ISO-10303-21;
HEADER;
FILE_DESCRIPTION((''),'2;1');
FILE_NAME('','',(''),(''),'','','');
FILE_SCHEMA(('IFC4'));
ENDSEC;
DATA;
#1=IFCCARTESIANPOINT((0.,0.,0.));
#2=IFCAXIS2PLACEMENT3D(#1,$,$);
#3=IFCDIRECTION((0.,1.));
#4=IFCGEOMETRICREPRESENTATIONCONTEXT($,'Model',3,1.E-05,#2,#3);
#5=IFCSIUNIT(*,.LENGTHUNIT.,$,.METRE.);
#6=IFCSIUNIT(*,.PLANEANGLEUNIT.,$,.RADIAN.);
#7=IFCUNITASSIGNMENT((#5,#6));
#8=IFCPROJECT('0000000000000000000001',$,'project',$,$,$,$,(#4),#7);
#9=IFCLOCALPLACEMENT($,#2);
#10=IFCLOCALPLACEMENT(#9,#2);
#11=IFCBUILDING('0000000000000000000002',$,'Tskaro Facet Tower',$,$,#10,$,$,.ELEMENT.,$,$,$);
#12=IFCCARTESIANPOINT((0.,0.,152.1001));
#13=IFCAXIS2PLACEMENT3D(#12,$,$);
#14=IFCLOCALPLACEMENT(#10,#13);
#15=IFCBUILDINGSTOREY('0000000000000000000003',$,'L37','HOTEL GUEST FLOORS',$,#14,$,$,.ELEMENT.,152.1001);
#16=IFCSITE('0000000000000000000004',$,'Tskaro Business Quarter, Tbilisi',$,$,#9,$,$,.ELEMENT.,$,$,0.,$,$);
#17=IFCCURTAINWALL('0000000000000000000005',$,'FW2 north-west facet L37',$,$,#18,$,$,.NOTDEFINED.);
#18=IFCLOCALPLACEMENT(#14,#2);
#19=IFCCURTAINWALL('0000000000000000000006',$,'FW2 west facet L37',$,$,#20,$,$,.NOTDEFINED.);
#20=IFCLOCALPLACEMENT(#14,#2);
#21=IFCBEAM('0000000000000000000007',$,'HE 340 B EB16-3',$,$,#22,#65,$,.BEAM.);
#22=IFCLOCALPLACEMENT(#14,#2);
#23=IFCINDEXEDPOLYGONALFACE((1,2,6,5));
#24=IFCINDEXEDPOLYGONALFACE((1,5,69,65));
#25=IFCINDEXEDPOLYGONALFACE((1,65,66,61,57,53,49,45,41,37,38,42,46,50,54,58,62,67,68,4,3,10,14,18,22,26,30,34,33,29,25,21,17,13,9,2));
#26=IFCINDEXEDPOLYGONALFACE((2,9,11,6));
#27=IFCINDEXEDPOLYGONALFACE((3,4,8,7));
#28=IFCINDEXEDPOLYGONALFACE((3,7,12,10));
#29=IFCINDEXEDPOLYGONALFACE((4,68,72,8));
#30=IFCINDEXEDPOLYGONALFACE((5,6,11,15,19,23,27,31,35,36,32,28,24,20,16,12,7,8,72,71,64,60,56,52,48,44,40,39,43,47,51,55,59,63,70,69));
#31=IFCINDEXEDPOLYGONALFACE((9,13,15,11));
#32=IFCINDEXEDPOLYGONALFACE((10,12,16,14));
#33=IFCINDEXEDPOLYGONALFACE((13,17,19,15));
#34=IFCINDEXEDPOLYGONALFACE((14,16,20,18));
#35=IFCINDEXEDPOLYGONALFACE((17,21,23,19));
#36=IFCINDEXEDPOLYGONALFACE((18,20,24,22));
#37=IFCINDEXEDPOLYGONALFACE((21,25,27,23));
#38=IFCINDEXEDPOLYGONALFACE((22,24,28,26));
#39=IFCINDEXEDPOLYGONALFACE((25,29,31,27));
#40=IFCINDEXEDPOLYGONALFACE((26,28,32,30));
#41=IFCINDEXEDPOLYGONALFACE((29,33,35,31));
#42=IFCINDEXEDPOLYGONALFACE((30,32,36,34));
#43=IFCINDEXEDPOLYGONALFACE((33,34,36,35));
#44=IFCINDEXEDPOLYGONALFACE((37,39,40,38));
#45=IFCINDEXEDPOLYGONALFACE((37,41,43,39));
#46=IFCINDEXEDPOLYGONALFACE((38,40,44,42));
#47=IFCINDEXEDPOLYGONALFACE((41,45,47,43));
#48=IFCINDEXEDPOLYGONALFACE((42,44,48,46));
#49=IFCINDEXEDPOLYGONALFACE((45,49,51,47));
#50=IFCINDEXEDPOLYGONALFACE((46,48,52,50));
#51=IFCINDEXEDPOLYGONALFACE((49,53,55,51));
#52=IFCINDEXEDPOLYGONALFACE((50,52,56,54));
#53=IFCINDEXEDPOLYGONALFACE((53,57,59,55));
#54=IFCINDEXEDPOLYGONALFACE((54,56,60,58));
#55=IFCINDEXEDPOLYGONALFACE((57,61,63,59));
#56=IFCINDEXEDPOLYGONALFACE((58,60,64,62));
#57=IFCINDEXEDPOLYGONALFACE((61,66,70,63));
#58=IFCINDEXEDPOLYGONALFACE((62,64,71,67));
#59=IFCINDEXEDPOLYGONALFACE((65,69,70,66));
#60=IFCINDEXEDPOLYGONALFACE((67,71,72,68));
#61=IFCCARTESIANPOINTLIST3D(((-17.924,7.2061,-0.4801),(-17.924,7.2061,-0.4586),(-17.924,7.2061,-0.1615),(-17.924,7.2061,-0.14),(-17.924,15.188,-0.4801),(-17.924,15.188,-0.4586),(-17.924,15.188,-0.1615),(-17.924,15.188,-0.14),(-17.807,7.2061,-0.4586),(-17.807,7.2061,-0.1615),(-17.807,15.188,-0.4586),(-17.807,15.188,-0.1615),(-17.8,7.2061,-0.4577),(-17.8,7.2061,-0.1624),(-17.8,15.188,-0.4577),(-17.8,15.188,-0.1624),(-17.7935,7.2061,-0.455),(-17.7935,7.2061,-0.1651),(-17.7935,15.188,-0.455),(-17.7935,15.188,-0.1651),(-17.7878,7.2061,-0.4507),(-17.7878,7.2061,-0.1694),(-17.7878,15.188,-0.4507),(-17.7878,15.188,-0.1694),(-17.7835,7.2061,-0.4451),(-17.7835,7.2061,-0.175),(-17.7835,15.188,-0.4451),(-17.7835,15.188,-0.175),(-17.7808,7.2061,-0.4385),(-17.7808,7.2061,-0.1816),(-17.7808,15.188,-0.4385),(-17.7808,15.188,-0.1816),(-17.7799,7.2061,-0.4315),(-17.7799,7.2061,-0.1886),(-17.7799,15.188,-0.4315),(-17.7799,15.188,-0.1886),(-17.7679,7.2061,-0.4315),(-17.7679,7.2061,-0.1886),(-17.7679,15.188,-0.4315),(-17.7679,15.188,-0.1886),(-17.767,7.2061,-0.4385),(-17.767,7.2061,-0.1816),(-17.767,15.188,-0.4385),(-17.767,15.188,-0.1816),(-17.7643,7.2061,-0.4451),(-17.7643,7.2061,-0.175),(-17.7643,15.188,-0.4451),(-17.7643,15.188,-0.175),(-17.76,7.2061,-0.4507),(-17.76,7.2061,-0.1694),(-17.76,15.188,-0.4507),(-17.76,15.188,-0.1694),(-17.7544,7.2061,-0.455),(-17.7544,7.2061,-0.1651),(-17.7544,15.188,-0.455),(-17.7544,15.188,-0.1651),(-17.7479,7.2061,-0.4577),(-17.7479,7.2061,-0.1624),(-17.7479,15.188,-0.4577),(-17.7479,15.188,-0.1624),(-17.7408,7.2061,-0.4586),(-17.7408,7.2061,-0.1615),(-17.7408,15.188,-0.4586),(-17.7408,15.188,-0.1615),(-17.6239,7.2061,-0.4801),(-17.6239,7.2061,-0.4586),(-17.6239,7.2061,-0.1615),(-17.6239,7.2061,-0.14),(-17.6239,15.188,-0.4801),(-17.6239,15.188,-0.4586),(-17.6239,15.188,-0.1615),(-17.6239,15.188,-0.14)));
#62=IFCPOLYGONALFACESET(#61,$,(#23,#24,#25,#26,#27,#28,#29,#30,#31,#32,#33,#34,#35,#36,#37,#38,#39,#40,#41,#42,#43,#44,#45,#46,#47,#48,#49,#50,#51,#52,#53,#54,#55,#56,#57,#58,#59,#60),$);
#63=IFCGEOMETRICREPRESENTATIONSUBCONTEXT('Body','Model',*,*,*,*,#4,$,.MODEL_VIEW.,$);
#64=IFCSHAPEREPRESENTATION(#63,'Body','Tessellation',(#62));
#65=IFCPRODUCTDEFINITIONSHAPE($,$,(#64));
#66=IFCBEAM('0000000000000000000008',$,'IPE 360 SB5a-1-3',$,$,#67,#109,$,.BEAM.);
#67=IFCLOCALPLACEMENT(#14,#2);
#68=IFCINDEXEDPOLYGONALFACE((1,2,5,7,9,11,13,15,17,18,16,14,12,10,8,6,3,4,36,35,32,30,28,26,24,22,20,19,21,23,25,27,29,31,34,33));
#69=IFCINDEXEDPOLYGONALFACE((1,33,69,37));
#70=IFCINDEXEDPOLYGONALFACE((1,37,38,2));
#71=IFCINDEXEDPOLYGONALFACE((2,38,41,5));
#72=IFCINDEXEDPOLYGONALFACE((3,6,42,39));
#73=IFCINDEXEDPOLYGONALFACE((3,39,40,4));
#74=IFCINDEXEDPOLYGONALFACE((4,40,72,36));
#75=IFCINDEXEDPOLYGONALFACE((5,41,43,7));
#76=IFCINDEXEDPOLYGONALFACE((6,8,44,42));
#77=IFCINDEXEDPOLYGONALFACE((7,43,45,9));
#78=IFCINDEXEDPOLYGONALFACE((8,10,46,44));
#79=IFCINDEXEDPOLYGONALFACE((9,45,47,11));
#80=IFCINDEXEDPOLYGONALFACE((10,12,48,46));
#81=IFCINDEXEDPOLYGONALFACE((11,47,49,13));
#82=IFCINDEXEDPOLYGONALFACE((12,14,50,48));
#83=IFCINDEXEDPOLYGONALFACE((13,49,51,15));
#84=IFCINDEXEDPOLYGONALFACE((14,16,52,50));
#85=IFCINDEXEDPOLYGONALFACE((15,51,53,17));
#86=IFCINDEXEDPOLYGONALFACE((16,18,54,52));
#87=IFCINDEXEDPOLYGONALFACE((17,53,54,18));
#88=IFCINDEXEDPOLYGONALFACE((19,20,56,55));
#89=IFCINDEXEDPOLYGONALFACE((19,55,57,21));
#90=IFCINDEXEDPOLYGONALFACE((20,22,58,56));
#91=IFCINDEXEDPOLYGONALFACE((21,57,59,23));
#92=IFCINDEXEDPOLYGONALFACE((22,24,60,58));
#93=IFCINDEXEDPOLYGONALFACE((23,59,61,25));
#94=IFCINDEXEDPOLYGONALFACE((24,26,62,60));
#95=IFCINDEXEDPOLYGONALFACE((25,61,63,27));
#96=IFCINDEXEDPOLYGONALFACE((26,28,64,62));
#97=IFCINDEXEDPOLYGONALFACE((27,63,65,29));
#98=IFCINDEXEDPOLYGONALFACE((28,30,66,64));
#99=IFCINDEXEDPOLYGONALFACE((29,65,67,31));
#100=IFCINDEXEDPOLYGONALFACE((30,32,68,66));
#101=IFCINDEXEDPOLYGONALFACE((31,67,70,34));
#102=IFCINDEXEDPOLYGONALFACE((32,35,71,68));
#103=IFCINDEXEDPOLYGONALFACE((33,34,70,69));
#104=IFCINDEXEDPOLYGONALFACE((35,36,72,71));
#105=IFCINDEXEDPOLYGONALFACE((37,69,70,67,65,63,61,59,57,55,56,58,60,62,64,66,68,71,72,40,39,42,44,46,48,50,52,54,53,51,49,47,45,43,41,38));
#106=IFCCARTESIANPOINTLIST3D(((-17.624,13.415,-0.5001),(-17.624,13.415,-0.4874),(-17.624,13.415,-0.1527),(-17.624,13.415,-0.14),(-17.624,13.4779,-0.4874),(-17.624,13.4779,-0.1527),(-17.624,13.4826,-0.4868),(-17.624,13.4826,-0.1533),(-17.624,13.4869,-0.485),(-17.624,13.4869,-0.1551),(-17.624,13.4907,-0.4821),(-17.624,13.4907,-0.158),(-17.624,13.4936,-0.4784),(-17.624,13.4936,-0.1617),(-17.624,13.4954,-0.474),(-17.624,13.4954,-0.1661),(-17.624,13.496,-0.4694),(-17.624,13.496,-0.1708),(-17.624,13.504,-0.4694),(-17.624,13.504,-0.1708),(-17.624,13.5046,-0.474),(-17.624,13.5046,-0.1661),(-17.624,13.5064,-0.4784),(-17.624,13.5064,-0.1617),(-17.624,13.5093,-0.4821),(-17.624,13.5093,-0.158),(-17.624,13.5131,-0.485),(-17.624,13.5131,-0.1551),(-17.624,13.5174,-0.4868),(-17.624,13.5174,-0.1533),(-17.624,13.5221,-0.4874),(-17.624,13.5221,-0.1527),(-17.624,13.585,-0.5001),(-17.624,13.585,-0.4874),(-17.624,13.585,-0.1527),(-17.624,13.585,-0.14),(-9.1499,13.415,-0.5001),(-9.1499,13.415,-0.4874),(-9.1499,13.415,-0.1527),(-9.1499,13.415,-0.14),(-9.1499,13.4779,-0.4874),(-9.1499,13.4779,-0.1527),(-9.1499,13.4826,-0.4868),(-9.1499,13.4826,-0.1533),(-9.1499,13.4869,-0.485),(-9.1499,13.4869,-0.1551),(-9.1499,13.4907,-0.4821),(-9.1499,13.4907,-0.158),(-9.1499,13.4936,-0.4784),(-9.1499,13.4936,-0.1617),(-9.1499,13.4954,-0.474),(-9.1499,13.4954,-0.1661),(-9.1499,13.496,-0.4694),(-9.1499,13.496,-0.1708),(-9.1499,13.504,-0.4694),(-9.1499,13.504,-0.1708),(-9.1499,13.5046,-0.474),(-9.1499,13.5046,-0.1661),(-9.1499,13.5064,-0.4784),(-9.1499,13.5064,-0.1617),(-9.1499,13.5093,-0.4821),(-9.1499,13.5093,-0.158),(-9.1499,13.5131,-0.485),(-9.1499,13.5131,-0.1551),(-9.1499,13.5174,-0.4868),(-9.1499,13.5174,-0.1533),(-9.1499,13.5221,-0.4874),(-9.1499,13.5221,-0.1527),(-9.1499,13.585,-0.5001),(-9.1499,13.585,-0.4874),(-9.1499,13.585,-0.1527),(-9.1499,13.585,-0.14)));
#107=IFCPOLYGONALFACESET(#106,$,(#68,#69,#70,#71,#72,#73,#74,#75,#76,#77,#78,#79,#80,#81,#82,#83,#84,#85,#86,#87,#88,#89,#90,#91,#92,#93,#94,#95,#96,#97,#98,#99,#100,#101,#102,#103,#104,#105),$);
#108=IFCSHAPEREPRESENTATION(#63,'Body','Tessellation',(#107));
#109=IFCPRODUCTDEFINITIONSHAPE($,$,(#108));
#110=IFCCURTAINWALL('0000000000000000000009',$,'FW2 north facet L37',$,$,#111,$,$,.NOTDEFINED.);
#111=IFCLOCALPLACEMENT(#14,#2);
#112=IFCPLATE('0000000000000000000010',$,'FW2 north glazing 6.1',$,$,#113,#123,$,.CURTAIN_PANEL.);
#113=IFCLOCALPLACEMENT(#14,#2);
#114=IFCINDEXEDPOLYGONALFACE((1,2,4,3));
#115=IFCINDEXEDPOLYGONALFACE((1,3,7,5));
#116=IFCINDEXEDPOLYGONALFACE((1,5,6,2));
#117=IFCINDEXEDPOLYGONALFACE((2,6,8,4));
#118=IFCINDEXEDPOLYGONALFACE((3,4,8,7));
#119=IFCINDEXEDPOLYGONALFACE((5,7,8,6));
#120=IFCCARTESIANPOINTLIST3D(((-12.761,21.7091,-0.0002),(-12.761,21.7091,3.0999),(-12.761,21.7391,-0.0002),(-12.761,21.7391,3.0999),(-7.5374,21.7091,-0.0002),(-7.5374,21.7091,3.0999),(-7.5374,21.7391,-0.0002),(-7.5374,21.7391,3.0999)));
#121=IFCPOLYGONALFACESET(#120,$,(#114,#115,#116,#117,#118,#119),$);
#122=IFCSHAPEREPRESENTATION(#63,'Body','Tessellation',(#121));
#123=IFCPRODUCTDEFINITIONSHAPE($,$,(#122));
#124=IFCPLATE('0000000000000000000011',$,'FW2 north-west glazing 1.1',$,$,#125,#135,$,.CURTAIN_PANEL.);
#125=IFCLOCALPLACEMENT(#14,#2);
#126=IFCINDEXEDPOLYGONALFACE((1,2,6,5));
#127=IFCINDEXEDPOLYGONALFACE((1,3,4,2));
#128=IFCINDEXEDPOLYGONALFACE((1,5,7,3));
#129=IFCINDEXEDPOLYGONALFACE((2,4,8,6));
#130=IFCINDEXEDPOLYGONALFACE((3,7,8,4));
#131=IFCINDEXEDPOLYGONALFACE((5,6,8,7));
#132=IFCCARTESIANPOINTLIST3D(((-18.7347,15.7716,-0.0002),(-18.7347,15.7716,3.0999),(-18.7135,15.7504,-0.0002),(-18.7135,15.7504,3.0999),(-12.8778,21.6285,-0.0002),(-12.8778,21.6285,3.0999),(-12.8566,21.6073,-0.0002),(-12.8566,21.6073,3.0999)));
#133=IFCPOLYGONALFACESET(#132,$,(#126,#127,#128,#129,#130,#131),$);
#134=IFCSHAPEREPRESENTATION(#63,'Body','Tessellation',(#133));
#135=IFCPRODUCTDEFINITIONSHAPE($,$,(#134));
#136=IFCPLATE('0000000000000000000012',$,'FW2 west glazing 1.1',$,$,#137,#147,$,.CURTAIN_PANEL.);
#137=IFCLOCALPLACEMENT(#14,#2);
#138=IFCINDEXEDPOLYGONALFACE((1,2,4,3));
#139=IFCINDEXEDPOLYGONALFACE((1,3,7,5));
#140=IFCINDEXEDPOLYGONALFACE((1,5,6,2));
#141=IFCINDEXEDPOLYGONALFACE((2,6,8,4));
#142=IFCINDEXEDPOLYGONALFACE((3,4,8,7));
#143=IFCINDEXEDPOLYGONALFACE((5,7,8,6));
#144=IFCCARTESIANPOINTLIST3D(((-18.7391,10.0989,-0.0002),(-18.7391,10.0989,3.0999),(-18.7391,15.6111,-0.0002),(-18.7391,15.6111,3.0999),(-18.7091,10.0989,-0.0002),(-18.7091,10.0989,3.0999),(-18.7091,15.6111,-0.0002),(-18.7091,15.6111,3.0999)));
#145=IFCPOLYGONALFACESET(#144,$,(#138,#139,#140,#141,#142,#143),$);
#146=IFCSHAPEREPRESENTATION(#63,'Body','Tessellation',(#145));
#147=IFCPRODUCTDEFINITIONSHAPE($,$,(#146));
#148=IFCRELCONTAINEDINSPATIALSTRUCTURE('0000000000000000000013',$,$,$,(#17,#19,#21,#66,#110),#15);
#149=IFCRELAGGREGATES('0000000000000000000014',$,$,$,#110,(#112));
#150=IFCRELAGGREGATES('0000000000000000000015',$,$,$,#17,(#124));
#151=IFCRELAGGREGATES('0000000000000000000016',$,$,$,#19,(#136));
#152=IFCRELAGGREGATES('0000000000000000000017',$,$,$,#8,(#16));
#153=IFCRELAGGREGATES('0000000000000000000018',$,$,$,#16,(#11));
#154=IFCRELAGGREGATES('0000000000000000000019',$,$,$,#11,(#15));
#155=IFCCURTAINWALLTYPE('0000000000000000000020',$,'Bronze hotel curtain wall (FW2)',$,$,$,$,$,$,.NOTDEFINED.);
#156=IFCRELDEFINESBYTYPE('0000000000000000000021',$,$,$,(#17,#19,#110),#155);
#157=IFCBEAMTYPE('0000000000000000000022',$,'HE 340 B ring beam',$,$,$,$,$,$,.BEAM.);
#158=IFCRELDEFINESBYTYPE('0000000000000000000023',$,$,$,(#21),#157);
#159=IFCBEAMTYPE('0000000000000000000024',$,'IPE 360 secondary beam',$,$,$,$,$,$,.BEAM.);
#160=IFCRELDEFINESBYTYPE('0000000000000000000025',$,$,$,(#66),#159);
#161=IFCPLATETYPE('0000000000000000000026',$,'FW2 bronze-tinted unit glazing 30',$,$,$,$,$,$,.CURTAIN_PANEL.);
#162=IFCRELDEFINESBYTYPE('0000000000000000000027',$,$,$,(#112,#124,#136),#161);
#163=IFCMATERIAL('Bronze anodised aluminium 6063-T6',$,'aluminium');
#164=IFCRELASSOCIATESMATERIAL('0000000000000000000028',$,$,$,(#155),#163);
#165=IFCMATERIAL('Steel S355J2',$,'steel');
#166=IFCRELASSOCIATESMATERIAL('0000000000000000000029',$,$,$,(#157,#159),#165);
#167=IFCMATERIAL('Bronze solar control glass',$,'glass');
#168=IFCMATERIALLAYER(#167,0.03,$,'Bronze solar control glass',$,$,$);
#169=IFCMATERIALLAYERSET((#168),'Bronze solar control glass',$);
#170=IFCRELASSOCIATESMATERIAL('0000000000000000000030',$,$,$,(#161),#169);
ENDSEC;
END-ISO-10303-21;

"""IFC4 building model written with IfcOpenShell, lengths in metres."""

from ifc_helpers import new_model, si_unit, direction, frame, origin, origin_2d, place, context, subcontext, project, spatial, rectangle, i_section, extrude, material, layer, layer_set, material_profile, profile_set, type_object, element, aggregate, save


model = new_model("IFC4")

# Units and contexts
model_context = context("Model", 3, precision=1e-05, world=origin(), true_north=direction((0.0, 1.0)))
body_context = subcontext(model_context, "Body", "Model", "MODEL_VIEW")
ifc_project = project(units=[si_unit("LENGTHUNIT", "METRE"), si_unit("PLANEANGLEUNIT", "RADIAN")], contexts=[model_context])

# Site, building, storey
site_placement = place(None, origin())
site = spatial("IfcSite", under=ifc_project, at=site_placement, Name="Tskaro Business Quarter, Tbilisi", CompositionType="ELEMENT", RefElevation=0.0)
building_placement = place(site_placement, origin())
building = spatial("IfcBuilding", under=site, at=building_placement, Name="Tskaro Facet Tower", CompositionType="ELEMENT")
storey_placement = place(building_placement, frame((0.0, 0.0, 152.1001)))
storey = spatial("IfcBuildingStorey", under=building, at=storey_placement, Name="L37", Description="HOTEL GUEST FLOORS", CompositionType="ELEMENT", Elevation=152.1001)

# Curtain walls
ifc_material_1 = material(Name="Bronze anodised aluminium 6063-T6", Category="aluminium")
curtain_wall_type = type_object("IfcCurtainWallType", Name="Bronze hotel curtain wall (FW2)", PredefinedType="NOTDEFINED", material=ifc_material_1)
curtain_wall_1_placement = place(storey_placement, origin())
curtain_wall_1 = element("IfcCurtainWall", 1, at=curtain_wall_1_placement, inside=storey, type_object=curtain_wall_type, Name="FW2 north-west facet L37", PredefinedType="NOTDEFINED")
curtain_wall_2_placement = place(storey_placement, origin())
curtain_wall_2 = element("IfcCurtainWall", 2, at=curtain_wall_2_placement, inside=storey, type_object=curtain_wall_type, Name="FW2 west facet L37", PredefinedType="NOTDEFINED")

# Beams
ifc_material_2 = material(Name="Steel S355J2", Category="steel")
ifc_material_profile_1 = material_profile(ifc_material_2, i_section(OverallWidth=0.3, OverallDepth=0.3401, WebThickness=0.012, FlangeThickness=0.0215, FilletRadius=0.0271, at=origin_2d()), Name="HE 340 B")
ifc_profile_set_1 = profile_set([ifc_material_profile_1], Name="Steel S355J2")
beam_type_1 = type_object("IfcBeamType", Name="HE 340 B ring beam", PredefinedType="BEAM", material=ifc_profile_set_1)
beam_1_placement = place(storey_placement, frame((-17.7739, 15.188, -0.3101), z_axis=(0.0, -1.0, 0.0), x_axis=(1.0, 0.0, 0.0)))
element("IfcBeam", 3, at=beam_1_placement, inside=storey, type_object=beam_type_1, Name="HE 340 B EB16-3", PredefinedType="BEAM", context=body_context, shape_type="SweptSolid", body=[
    extrude(i_section(OverallWidth=0.3, OverallDepth=0.3401, WebThickness=0.012, FlangeThickness=0.0215, FilletRadius=0.0271, at=origin_2d()), origin(), (0.0, 0.0, 1.0), 7.9819),
])
ifc_material_profile_2 = material_profile(ifc_material_2, i_section(OverallWidth=0.1699, OverallDepth=0.3601, WebThickness=0.0081, FlangeThickness=0.0127, FilletRadius=0.0181, at=origin_2d()), Name="IPE 360")
ifc_profile_set_2 = profile_set([ifc_material_profile_2], Name="Steel S355J2")
beam_type_2 = type_object("IfcBeamType", Name="IPE 360 secondary beam", PredefinedType="BEAM", material=ifc_profile_set_2)
beam_2_placement = place(storey_placement, frame((-17.624, 13.5, -0.3201), z_axis=(1.0, 0.0, 0.0), x_axis=(0.0, 1.0, 0.0)))
element("IfcBeam", 4, at=beam_2_placement, inside=storey, type_object=beam_type_2, Name="IPE 360 SB5a-1-3", PredefinedType="BEAM", context=body_context, shape_type="SweptSolid", body=[
    extrude(i_section(OverallWidth=0.1699, OverallDepth=0.3601, WebThickness=0.0081, FlangeThickness=0.0127, FilletRadius=0.0181, at=origin_2d()), origin(), (0.0, 0.0, 1.0), 8.4741),
])

# Curtain wall, plate
curtain_wall_3_placement = place(storey_placement, origin())
curtain_wall_3 = element("IfcCurtainWall", 5, at=curtain_wall_3_placement, inside=storey, type_object=curtain_wall_type, Name="FW2 north facet L37", PredefinedType="NOTDEFINED")
ifc_material_3 = material(Name="Bronze solar control glass", Category="glass")
ifc_layer_1 = layer(ifc_material_3, 0.03, Name="Bronze solar control glass")
ifc_layer_set_1 = layer_set([ifc_layer_1], Name="Bronze solar control glass")
plate_type = type_object("IfcPlateType", Name="FW2 bronze-tinted unit glazing 30", PredefinedType="CURTAIN_PANEL", material=ifc_layer_set_1)
plate_1_placement = place(storey_placement, frame((-10.1492, 21.7241, -0.0002), z_axis=(0.0, 0.0, 1.0), x_axis=(-1.0, 0.0, 0.0)))
plate_1 = element("IfcPlate", 6, at=plate_1_placement, type_object=plate_type, Name="FW2 north glazing 6.1", PredefinedType="CURTAIN_PANEL", context=body_context, shape_type="SweptSolid", body=[
    extrude(rectangle(XDim=5.2236, YDim=0.03, at=origin_2d()), origin(), (0.0, 0.0, 1.0), 3.1001),
])
aggregate(curtain_wall_3, [plate_1])

# Plates
plate_2_placement = place(storey_placement, frame((-15.7957, 18.6895, -0.0002), z_axis=(0.0, 0.0, 1.0), x_axis=(-0.707107, -0.707107, 0.0)))
plate_2 = element("IfcPlate", 7, at=plate_2_placement, type_object=plate_type, Name="FW2 north-west glazing 1.1", PredefinedType="CURTAIN_PANEL", context=body_context, shape_type="SweptSolid", body=[
    extrude(rectangle(XDim=8.283, YDim=0.03, at=origin_2d()), origin(), (0.0, 0.0, 1.0), 3.1001),
])
aggregate(curtain_wall_1, [plate_2])
plate_3_placement = place(storey_placement, frame((-18.7241, 12.855, -0.0002), z_axis=(0.0, 0.0, 1.0), x_axis=(0.0, -1.0, 0.0)))
plate_3 = element("IfcPlate", 8, at=plate_3_placement, type_object=plate_type, Name="FW2 west glazing 1.1", PredefinedType="CURTAIN_PANEL", context=body_context, shape_type="SweptSolid", body=[
    extrude(rectangle(XDim=5.5122, YDim=0.03, at=origin_2d()), origin(), (0.0, 0.0, 1.0), 3.1001),
])
aggregate(curtain_wall_2, [plate_3])

save(model, "model.ifc")
